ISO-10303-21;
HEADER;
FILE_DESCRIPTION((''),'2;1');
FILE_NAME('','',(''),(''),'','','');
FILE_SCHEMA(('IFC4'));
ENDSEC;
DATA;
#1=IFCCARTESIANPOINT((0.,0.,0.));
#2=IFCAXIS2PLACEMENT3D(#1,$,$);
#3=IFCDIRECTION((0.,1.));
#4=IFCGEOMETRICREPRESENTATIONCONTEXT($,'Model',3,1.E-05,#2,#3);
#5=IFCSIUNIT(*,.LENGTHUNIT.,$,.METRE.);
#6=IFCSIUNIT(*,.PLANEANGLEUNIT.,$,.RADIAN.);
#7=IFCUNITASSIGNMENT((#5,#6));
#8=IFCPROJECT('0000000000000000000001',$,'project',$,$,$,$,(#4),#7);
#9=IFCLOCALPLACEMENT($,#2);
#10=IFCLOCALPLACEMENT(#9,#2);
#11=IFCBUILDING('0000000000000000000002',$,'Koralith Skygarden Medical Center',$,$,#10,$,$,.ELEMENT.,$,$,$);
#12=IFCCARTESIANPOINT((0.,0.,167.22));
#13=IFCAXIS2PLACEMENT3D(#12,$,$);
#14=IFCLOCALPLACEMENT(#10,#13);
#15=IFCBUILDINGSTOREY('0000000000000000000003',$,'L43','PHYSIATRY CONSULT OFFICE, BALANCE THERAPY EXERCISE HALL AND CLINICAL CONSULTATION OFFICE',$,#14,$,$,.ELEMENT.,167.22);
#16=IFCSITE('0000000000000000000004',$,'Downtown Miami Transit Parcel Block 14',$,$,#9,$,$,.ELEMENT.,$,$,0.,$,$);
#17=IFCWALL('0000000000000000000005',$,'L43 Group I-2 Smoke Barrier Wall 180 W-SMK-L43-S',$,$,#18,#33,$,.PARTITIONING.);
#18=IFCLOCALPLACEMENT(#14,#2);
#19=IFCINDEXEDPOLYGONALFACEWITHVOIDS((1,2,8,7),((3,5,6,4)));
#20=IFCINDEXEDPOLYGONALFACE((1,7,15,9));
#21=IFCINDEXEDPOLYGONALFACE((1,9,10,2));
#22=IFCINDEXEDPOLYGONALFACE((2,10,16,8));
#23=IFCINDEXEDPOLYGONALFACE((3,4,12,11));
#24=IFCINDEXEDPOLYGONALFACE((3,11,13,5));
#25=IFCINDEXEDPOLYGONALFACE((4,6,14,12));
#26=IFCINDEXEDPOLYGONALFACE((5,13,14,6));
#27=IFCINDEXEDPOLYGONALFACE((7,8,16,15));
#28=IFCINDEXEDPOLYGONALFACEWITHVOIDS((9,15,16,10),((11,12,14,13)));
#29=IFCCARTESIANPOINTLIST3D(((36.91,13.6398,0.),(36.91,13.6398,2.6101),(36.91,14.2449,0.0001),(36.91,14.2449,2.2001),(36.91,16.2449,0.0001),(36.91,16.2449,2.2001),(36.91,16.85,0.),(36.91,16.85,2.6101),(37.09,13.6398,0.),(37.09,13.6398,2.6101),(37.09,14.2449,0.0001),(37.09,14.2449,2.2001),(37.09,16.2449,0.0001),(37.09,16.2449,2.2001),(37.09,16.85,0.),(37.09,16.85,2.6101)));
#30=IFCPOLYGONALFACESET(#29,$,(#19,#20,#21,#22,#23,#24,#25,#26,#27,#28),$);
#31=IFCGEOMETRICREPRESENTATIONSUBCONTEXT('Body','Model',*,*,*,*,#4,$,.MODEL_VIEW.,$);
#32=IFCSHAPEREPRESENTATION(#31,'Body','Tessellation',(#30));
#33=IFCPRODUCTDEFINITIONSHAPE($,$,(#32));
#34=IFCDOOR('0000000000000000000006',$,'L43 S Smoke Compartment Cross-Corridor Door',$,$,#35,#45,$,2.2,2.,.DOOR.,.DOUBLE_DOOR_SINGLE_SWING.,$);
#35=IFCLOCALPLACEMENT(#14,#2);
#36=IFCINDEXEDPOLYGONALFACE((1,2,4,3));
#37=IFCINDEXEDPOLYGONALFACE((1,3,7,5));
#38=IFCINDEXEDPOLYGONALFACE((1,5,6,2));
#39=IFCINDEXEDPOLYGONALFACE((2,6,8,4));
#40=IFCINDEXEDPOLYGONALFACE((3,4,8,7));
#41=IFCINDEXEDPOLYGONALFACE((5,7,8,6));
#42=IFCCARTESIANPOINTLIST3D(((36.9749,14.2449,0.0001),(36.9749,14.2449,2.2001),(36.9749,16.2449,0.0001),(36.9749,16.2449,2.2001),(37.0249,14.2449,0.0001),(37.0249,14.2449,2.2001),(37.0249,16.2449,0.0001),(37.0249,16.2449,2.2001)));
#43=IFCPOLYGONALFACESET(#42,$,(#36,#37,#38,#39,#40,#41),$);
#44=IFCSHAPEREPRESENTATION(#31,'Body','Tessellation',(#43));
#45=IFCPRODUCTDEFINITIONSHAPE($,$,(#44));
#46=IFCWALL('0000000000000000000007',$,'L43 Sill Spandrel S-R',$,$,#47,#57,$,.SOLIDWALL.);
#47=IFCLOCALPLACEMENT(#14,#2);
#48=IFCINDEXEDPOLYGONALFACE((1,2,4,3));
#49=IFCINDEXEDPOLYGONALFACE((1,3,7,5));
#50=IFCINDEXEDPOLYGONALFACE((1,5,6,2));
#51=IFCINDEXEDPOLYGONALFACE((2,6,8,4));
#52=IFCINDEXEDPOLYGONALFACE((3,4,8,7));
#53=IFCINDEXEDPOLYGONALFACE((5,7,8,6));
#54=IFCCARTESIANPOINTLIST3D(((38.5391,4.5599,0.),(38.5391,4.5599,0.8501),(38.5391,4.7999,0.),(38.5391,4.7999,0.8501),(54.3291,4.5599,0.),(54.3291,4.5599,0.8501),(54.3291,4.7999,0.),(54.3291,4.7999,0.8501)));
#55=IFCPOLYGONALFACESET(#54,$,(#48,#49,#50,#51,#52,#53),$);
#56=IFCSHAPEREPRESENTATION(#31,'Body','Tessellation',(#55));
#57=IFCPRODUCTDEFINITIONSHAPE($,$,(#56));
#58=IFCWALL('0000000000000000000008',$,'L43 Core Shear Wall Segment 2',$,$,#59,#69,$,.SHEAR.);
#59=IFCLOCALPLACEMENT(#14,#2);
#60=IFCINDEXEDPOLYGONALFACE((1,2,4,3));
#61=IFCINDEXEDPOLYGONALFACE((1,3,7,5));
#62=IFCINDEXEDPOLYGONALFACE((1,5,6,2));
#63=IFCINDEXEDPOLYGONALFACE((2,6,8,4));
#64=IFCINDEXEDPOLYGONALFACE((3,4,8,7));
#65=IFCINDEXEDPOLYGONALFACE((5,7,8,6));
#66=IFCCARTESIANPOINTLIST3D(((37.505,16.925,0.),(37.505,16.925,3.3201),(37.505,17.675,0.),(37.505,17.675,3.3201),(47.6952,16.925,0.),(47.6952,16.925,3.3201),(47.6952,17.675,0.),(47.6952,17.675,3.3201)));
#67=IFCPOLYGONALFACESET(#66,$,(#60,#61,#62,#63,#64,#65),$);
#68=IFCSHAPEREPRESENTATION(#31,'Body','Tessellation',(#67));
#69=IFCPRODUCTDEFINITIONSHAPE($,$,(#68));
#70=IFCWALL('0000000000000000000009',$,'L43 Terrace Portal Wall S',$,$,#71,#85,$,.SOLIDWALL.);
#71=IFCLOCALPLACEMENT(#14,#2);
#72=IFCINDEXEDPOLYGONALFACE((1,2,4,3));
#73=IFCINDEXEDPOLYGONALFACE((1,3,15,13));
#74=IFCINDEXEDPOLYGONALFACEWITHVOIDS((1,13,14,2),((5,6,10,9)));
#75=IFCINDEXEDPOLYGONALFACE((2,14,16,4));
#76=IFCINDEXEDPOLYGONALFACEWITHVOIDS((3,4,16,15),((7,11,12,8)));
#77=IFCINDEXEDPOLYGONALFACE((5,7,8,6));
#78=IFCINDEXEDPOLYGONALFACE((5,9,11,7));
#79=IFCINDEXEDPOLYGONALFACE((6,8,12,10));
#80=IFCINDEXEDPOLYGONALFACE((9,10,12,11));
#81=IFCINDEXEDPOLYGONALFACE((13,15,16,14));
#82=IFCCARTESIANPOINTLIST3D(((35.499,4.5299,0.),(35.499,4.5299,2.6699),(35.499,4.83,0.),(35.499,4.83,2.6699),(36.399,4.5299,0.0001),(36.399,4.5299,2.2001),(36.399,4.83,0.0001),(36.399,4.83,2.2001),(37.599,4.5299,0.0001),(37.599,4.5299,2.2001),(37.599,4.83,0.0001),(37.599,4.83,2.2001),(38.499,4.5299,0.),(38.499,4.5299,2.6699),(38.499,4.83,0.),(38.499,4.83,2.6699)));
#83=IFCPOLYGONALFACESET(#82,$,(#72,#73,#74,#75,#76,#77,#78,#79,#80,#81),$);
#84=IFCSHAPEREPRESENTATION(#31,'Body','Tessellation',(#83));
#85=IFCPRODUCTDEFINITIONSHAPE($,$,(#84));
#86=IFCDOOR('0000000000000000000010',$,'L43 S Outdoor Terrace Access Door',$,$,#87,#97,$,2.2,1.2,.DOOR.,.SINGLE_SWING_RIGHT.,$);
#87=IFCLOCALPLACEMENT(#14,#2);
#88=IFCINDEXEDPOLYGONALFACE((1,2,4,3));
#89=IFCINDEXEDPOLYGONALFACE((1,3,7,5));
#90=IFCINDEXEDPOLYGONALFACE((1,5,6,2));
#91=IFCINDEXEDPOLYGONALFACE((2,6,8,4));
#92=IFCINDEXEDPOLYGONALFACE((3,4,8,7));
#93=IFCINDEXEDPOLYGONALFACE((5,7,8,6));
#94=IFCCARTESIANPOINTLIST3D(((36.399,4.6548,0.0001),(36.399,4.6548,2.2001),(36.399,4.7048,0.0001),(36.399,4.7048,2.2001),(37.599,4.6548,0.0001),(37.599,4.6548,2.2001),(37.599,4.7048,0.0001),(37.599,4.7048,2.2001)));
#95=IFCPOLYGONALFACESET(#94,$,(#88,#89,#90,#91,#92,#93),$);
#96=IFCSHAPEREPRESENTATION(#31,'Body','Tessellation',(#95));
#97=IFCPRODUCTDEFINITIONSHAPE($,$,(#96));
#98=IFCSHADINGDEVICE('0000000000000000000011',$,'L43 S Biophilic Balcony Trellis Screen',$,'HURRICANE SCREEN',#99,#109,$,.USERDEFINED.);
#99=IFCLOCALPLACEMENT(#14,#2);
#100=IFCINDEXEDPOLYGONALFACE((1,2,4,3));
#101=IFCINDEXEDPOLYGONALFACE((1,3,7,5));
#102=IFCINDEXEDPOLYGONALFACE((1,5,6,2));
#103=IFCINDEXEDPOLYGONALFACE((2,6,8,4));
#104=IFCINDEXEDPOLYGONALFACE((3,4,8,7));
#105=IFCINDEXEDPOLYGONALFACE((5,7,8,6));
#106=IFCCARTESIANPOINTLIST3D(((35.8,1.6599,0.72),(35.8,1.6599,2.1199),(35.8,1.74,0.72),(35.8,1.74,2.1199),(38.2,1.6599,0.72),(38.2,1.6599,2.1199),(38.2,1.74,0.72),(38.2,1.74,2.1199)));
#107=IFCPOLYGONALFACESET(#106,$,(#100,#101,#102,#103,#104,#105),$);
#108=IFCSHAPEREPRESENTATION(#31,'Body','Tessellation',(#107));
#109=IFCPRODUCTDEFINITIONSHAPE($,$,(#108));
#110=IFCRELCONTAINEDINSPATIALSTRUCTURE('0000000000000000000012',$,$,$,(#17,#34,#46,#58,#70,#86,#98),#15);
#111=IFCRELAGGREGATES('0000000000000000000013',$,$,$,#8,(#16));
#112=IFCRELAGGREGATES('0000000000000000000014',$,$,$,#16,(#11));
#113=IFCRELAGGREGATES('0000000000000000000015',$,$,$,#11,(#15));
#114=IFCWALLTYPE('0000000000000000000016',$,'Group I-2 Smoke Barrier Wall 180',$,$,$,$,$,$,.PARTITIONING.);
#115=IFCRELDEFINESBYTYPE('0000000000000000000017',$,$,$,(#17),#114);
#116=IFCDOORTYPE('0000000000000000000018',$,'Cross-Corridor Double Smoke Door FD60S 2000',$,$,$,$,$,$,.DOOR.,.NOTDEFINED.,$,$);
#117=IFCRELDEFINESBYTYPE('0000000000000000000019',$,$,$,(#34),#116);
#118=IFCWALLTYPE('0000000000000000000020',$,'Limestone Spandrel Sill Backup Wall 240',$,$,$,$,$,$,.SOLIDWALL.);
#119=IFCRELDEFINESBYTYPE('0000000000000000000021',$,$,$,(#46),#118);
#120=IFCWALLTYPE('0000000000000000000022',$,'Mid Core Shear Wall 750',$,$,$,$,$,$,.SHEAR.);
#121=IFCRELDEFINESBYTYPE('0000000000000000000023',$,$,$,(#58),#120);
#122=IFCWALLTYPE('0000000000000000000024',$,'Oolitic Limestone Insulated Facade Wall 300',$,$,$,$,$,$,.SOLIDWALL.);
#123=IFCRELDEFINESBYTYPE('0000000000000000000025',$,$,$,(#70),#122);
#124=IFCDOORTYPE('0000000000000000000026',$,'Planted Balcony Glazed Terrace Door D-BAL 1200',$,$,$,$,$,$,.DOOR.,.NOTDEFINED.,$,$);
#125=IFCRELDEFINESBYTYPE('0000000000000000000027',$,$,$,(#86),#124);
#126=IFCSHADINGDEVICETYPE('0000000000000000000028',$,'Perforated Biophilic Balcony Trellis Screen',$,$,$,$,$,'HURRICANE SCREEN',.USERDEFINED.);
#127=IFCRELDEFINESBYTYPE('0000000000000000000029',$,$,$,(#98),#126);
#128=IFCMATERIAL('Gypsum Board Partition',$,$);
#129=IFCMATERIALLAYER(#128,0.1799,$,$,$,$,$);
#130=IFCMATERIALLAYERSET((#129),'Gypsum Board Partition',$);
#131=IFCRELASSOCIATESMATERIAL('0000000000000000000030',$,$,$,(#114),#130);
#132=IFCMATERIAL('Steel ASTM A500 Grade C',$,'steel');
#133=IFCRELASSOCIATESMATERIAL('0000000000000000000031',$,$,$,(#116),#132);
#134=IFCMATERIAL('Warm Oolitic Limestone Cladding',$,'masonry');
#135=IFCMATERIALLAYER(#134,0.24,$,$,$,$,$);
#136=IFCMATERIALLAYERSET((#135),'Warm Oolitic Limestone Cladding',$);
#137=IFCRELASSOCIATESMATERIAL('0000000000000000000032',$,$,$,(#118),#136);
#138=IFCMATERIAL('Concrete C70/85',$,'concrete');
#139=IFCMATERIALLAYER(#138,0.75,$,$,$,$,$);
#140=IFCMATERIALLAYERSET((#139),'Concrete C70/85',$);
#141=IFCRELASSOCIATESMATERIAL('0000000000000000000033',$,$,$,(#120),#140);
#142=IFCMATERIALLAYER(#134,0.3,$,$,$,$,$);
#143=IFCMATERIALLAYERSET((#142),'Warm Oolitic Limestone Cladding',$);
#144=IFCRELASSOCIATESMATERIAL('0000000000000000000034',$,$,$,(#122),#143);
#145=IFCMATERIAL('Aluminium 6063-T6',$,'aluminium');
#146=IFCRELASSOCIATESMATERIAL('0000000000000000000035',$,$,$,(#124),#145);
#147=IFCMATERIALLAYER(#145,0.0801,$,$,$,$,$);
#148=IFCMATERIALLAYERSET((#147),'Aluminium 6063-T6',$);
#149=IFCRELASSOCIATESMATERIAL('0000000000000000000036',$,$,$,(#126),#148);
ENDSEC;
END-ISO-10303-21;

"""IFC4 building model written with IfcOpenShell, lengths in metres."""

from ifc_helpers import new_model, si_unit, direction, frame, frame_2d, origin, origin_2d, place, context, subcontext, project, spatial, rectangle, extrude, material, layer, layer_set, type_object, element, fill, save


model = new_model("IFC4")

# Units and contexts
model_context = context("Model", 3, precision=1e-05, world=origin(), true_north=direction((0.0, 1.0)))
body_context = subcontext(model_context, "Body", "Model", "MODEL_VIEW")
ifc_project = project(units=[si_unit("LENGTHUNIT", "METRE"), si_unit("PLANEANGLEUNIT", "RADIAN")], contexts=[model_context])

# Site, building, storey
site_placement = place(None, origin())
site = spatial("IfcSite", under=ifc_project, at=site_placement, Name="Downtown Miami Transit Parcel Block 14", CompositionType="ELEMENT", RefElevation=0.0)
building_placement = place(site_placement, origin())
building = spatial("IfcBuilding", under=site, at=building_placement, Name="Koralith Skygarden Medical Center", CompositionType="ELEMENT")
storey_placement = place(building_placement, frame((0.0, 0.0, 167.22)))
storey = spatial("IfcBuildingStorey", under=building, at=storey_placement, Name="L43", Description="PHYSIATRY CONSULT OFFICE, BALANCE THERAPY EXERCISE HALL AND CLINICAL CONSULTATION OFFICE", CompositionType="ELEMENT", Elevation=167.22)

# Shared definitions
ifc_material_1 = material(Name="Concrete C70/85", Category="concrete")

# Shared definitions
ifc_material_2 = material(Name="Aluminium 6063-T6", Category="aluminium")

# Wall, opening, door
ifc_material_3 = material(Name="Gypsum Board Partition")
ifc_layer_1 = layer(ifc_material_3, 0.1799)
ifc_layer_set_1 = layer_set([ifc_layer_1], Name="Gypsum Board Partition")
wall_type_1 = type_object("IfcWallType", Name="Group I-2 Smoke Barrier Wall 180", PredefinedType="PARTITIONING", material=ifc_layer_set_1)
wall_1_placement = place(storey_placement, frame((37.0, 13.6399, 0.0), z_axis=(0.0, 0.0, 1.0), x_axis=(0.0, 1.0, 0.0)))
wall_1 = element("IfcWall", 1, at=wall_1_placement, inside=storey, type_object=wall_type_1, Name="L43 Group I-2 Smoke Barrier Wall 180 W-SMK-L43-S", PredefinedType="PARTITIONING", context=body_context, shape_type="SweptSolid", body=[
    extrude(rectangle(XDim=3.2102, YDim=0.1799, at=frame_2d((1.605, 0.0))), origin(), (0.0, 0.0, 1.0), 2.6101),
])
opening_1_placement = place(wall_1_placement, frame((0.605, 0.0, 0.0)))
opening_1 = element("IfcOpeningElement", 2, at=opening_1_placement, cuts=wall_1, PredefinedType="OPENING", context=body_context, shape_type="SweptSolid", body=[
    extrude(rectangle(XDim=2.0, YDim=2.2, at=frame_2d((1.0, 1.1001))), frame((0.0, 0.0999, 0.0), z_axis=(0.0, -1.0, 0.0), x_axis=(1.0, 0.0, 0.0)), (0.0, 0.0, 1.0), 0.2),
])
ifc_material_4 = material(Name="Steel ASTM A500 Grade C", Category="steel")
door_type_1 = type_object("IfcDoorType", Name="Cross-Corridor Double Smoke Door FD60S 2000", OperationType="NOTDEFINED", PredefinedType="DOOR", material=ifc_material_4)
door_1_placement = place(opening_1_placement, frame((2.0, 0.0, 0.0), z_axis=(0.0, 0.0, 1.0), x_axis=(-1.0, 0.0, 0.0)))
door_1 = element("IfcDoor", 3, at=door_1_placement, inside=storey, type_object=door_type_1, Name="L43 S Smoke Compartment Cross-Corridor Door", OperationType="DOUBLE_DOOR_SINGLE_SWING", OverallHeight=2.2, OverallWidth=2.0, PredefinedType="DOOR", context=body_context, shape_type="SweptSolid", body=[
    extrude(rectangle(XDim=2.0, YDim=2.2, at=frame_2d((1.0, 1.1001))), frame((0.0, 0.0249, 0.0), z_axis=(0.0, -1.0, 0.0), x_axis=(1.0, 0.0, 0.0)), (0.0, 0.0, 1.0), 0.05),
])
fill(opening_1, door_1)

# Walls
ifc_material_5 = material(Name="Warm Oolitic Limestone Cladding", Category="masonry")
ifc_layer_2 = layer(ifc_material_5, 0.24)
ifc_layer_set_2 = layer_set([ifc_layer_2], Name="Warm Oolitic Limestone Cladding")
wall_type_2 = type_object("IfcWallType", Name="Limestone Spandrel Sill Backup Wall 240", PredefinedType="SOLIDWALL", material=ifc_layer_set_2)
wall_2_placement = place(storey_placement, frame((38.5391, 4.6799, 0.0), z_axis=(0.0, 0.0, 1.0), x_axis=(1.0, 0.0, 0.0)))
element("IfcWall", 4, at=wall_2_placement, inside=storey, type_object=wall_type_2, Name="L43 Sill Spandrel S-R", PredefinedType="SOLIDWALL", context=body_context, shape_type="SweptSolid", body=[
    extrude(rectangle(XDim=15.79, YDim=0.24, at=frame_2d((7.895, 0.0))), origin(), (0.0, 0.0, 1.0), 0.8501),
])
ifc_layer_3 = layer(ifc_material_1, 0.75)
ifc_layer_set_3 = layer_set([ifc_layer_3], Name="Concrete C70/85")
wall_type_3 = type_object("IfcWallType", Name="Mid Core Shear Wall 750", PredefinedType="SHEAR", material=ifc_layer_set_3)
wall_3_placement = place(storey_placement, frame((37.5049, 17.3, 0.0), z_axis=(0.0, 0.0, 1.0), x_axis=(1.0, 0.0, 0.0)))
element("IfcWall", 5, at=wall_3_placement, inside=storey, type_object=wall_type_3, Name="L43 Core Shear Wall Segment 2", PredefinedType="SHEAR", context=body_context, shape_type="SweptSolid", body=[
    extrude(rectangle(XDim=10.1902, YDim=0.75, at=frame_2d((5.0952, 0.0))), origin(), (0.0, 0.0, 1.0), 3.3201),
])

# Wall, opening, door
ifc_layer_4 = layer(ifc_material_5, 0.3)
ifc_layer_set_4 = layer_set([ifc_layer_4], Name="Warm Oolitic Limestone Cladding")
wall_type_4 = type_object("IfcWallType", Name="Oolitic Limestone Insulated Facade Wall 300", PredefinedType="SOLIDWALL", material=ifc_layer_set_4)
wall_4_placement = place(storey_placement, frame((35.499, 4.6799, 0.0), z_axis=(0.0, 0.0, 1.0), x_axis=(1.0, 0.0, 0.0)))
wall_4 = element("IfcWall", 6, at=wall_4_placement, inside=storey, type_object=wall_type_4, Name="L43 Terrace Portal Wall S", PredefinedType="SOLIDWALL", context=body_context, shape_type="SweptSolid", body=[
    extrude(rectangle(XDim=3.0, YDim=0.3, at=frame_2d((1.5, 0.0))), origin(), (0.0, 0.0, 1.0), 2.6699),
])
opening_2_placement = place(wall_4_placement, frame((0.8999, 0.0, 0.0)))
opening_2 = element("IfcOpeningElement", 7, at=opening_2_placement, cuts=wall_4, PredefinedType="OPENING", context=body_context, shape_type="SweptSolid", body=[
    extrude(rectangle(XDim=1.2, YDim=2.2, at=frame_2d((0.6001, 1.1001))), frame((0.0, 0.1599, 0.0), z_axis=(0.0, -1.0, 0.0), x_axis=(1.0, 0.0, 0.0)), (0.0, 0.0, 1.0), 0.3201),
])
door_type_2 = type_object("IfcDoorType", Name="Planted Balcony Glazed Terrace Door D-BAL 1200", OperationType="NOTDEFINED", PredefinedType="DOOR", material=ifc_material_2)
door_2_placement = place(opening_2_placement, origin())
door_2 = element("IfcDoor", 8, at=door_2_placement, inside=storey, type_object=door_type_2, Name="L43 S Outdoor Terrace Access Door", OperationType="SINGLE_SWING_RIGHT", OverallHeight=2.2, OverallWidth=1.2, PredefinedType="DOOR", context=body_context, shape_type="SweptSolid", body=[
    extrude(rectangle(XDim=1.2, YDim=2.2, at=frame_2d((0.6001, 1.1001))), frame((0.0, 0.0249, 0.0), z_axis=(0.0, -1.0, 0.0), x_axis=(1.0, 0.0, 0.0)), (0.0, 0.0, 1.0), 0.05),
])
fill(opening_2, door_2)

# Shading device
ifc_layer_5 = layer(ifc_material_2, 0.0801)
ifc_layer_set_5 = layer_set([ifc_layer_5], Name="Aluminium 6063-T6")
shading_device_type = type_object("IfcShadingDeviceType", Name="Perforated Biophilic Balcony Trellis Screen", ElementType="HURRICANE SCREEN", PredefinedType="USERDEFINED", material=ifc_layer_set_5)
shading_device_placement = place(storey_placement, frame((37.0, 1.7, 0.72), z_axis=(0.0, 0.0, 1.0), x_axis=(1.0, 0.0, 0.0)))
element("IfcShadingDevice", 9, at=shading_device_placement, inside=storey, type_object=shading_device_type, Name="L43 S Biophilic Balcony Trellis Screen", ObjectType="HURRICANE SCREEN", PredefinedType="USERDEFINED", context=body_context, shape_type="SweptSolid", body=[
    extrude(rectangle(XDim=2.3999, YDim=0.0801, at=origin_2d()), origin(), (0.0, 0.0, 1.0), 1.3999),
])

save(model, "model.ifc")
